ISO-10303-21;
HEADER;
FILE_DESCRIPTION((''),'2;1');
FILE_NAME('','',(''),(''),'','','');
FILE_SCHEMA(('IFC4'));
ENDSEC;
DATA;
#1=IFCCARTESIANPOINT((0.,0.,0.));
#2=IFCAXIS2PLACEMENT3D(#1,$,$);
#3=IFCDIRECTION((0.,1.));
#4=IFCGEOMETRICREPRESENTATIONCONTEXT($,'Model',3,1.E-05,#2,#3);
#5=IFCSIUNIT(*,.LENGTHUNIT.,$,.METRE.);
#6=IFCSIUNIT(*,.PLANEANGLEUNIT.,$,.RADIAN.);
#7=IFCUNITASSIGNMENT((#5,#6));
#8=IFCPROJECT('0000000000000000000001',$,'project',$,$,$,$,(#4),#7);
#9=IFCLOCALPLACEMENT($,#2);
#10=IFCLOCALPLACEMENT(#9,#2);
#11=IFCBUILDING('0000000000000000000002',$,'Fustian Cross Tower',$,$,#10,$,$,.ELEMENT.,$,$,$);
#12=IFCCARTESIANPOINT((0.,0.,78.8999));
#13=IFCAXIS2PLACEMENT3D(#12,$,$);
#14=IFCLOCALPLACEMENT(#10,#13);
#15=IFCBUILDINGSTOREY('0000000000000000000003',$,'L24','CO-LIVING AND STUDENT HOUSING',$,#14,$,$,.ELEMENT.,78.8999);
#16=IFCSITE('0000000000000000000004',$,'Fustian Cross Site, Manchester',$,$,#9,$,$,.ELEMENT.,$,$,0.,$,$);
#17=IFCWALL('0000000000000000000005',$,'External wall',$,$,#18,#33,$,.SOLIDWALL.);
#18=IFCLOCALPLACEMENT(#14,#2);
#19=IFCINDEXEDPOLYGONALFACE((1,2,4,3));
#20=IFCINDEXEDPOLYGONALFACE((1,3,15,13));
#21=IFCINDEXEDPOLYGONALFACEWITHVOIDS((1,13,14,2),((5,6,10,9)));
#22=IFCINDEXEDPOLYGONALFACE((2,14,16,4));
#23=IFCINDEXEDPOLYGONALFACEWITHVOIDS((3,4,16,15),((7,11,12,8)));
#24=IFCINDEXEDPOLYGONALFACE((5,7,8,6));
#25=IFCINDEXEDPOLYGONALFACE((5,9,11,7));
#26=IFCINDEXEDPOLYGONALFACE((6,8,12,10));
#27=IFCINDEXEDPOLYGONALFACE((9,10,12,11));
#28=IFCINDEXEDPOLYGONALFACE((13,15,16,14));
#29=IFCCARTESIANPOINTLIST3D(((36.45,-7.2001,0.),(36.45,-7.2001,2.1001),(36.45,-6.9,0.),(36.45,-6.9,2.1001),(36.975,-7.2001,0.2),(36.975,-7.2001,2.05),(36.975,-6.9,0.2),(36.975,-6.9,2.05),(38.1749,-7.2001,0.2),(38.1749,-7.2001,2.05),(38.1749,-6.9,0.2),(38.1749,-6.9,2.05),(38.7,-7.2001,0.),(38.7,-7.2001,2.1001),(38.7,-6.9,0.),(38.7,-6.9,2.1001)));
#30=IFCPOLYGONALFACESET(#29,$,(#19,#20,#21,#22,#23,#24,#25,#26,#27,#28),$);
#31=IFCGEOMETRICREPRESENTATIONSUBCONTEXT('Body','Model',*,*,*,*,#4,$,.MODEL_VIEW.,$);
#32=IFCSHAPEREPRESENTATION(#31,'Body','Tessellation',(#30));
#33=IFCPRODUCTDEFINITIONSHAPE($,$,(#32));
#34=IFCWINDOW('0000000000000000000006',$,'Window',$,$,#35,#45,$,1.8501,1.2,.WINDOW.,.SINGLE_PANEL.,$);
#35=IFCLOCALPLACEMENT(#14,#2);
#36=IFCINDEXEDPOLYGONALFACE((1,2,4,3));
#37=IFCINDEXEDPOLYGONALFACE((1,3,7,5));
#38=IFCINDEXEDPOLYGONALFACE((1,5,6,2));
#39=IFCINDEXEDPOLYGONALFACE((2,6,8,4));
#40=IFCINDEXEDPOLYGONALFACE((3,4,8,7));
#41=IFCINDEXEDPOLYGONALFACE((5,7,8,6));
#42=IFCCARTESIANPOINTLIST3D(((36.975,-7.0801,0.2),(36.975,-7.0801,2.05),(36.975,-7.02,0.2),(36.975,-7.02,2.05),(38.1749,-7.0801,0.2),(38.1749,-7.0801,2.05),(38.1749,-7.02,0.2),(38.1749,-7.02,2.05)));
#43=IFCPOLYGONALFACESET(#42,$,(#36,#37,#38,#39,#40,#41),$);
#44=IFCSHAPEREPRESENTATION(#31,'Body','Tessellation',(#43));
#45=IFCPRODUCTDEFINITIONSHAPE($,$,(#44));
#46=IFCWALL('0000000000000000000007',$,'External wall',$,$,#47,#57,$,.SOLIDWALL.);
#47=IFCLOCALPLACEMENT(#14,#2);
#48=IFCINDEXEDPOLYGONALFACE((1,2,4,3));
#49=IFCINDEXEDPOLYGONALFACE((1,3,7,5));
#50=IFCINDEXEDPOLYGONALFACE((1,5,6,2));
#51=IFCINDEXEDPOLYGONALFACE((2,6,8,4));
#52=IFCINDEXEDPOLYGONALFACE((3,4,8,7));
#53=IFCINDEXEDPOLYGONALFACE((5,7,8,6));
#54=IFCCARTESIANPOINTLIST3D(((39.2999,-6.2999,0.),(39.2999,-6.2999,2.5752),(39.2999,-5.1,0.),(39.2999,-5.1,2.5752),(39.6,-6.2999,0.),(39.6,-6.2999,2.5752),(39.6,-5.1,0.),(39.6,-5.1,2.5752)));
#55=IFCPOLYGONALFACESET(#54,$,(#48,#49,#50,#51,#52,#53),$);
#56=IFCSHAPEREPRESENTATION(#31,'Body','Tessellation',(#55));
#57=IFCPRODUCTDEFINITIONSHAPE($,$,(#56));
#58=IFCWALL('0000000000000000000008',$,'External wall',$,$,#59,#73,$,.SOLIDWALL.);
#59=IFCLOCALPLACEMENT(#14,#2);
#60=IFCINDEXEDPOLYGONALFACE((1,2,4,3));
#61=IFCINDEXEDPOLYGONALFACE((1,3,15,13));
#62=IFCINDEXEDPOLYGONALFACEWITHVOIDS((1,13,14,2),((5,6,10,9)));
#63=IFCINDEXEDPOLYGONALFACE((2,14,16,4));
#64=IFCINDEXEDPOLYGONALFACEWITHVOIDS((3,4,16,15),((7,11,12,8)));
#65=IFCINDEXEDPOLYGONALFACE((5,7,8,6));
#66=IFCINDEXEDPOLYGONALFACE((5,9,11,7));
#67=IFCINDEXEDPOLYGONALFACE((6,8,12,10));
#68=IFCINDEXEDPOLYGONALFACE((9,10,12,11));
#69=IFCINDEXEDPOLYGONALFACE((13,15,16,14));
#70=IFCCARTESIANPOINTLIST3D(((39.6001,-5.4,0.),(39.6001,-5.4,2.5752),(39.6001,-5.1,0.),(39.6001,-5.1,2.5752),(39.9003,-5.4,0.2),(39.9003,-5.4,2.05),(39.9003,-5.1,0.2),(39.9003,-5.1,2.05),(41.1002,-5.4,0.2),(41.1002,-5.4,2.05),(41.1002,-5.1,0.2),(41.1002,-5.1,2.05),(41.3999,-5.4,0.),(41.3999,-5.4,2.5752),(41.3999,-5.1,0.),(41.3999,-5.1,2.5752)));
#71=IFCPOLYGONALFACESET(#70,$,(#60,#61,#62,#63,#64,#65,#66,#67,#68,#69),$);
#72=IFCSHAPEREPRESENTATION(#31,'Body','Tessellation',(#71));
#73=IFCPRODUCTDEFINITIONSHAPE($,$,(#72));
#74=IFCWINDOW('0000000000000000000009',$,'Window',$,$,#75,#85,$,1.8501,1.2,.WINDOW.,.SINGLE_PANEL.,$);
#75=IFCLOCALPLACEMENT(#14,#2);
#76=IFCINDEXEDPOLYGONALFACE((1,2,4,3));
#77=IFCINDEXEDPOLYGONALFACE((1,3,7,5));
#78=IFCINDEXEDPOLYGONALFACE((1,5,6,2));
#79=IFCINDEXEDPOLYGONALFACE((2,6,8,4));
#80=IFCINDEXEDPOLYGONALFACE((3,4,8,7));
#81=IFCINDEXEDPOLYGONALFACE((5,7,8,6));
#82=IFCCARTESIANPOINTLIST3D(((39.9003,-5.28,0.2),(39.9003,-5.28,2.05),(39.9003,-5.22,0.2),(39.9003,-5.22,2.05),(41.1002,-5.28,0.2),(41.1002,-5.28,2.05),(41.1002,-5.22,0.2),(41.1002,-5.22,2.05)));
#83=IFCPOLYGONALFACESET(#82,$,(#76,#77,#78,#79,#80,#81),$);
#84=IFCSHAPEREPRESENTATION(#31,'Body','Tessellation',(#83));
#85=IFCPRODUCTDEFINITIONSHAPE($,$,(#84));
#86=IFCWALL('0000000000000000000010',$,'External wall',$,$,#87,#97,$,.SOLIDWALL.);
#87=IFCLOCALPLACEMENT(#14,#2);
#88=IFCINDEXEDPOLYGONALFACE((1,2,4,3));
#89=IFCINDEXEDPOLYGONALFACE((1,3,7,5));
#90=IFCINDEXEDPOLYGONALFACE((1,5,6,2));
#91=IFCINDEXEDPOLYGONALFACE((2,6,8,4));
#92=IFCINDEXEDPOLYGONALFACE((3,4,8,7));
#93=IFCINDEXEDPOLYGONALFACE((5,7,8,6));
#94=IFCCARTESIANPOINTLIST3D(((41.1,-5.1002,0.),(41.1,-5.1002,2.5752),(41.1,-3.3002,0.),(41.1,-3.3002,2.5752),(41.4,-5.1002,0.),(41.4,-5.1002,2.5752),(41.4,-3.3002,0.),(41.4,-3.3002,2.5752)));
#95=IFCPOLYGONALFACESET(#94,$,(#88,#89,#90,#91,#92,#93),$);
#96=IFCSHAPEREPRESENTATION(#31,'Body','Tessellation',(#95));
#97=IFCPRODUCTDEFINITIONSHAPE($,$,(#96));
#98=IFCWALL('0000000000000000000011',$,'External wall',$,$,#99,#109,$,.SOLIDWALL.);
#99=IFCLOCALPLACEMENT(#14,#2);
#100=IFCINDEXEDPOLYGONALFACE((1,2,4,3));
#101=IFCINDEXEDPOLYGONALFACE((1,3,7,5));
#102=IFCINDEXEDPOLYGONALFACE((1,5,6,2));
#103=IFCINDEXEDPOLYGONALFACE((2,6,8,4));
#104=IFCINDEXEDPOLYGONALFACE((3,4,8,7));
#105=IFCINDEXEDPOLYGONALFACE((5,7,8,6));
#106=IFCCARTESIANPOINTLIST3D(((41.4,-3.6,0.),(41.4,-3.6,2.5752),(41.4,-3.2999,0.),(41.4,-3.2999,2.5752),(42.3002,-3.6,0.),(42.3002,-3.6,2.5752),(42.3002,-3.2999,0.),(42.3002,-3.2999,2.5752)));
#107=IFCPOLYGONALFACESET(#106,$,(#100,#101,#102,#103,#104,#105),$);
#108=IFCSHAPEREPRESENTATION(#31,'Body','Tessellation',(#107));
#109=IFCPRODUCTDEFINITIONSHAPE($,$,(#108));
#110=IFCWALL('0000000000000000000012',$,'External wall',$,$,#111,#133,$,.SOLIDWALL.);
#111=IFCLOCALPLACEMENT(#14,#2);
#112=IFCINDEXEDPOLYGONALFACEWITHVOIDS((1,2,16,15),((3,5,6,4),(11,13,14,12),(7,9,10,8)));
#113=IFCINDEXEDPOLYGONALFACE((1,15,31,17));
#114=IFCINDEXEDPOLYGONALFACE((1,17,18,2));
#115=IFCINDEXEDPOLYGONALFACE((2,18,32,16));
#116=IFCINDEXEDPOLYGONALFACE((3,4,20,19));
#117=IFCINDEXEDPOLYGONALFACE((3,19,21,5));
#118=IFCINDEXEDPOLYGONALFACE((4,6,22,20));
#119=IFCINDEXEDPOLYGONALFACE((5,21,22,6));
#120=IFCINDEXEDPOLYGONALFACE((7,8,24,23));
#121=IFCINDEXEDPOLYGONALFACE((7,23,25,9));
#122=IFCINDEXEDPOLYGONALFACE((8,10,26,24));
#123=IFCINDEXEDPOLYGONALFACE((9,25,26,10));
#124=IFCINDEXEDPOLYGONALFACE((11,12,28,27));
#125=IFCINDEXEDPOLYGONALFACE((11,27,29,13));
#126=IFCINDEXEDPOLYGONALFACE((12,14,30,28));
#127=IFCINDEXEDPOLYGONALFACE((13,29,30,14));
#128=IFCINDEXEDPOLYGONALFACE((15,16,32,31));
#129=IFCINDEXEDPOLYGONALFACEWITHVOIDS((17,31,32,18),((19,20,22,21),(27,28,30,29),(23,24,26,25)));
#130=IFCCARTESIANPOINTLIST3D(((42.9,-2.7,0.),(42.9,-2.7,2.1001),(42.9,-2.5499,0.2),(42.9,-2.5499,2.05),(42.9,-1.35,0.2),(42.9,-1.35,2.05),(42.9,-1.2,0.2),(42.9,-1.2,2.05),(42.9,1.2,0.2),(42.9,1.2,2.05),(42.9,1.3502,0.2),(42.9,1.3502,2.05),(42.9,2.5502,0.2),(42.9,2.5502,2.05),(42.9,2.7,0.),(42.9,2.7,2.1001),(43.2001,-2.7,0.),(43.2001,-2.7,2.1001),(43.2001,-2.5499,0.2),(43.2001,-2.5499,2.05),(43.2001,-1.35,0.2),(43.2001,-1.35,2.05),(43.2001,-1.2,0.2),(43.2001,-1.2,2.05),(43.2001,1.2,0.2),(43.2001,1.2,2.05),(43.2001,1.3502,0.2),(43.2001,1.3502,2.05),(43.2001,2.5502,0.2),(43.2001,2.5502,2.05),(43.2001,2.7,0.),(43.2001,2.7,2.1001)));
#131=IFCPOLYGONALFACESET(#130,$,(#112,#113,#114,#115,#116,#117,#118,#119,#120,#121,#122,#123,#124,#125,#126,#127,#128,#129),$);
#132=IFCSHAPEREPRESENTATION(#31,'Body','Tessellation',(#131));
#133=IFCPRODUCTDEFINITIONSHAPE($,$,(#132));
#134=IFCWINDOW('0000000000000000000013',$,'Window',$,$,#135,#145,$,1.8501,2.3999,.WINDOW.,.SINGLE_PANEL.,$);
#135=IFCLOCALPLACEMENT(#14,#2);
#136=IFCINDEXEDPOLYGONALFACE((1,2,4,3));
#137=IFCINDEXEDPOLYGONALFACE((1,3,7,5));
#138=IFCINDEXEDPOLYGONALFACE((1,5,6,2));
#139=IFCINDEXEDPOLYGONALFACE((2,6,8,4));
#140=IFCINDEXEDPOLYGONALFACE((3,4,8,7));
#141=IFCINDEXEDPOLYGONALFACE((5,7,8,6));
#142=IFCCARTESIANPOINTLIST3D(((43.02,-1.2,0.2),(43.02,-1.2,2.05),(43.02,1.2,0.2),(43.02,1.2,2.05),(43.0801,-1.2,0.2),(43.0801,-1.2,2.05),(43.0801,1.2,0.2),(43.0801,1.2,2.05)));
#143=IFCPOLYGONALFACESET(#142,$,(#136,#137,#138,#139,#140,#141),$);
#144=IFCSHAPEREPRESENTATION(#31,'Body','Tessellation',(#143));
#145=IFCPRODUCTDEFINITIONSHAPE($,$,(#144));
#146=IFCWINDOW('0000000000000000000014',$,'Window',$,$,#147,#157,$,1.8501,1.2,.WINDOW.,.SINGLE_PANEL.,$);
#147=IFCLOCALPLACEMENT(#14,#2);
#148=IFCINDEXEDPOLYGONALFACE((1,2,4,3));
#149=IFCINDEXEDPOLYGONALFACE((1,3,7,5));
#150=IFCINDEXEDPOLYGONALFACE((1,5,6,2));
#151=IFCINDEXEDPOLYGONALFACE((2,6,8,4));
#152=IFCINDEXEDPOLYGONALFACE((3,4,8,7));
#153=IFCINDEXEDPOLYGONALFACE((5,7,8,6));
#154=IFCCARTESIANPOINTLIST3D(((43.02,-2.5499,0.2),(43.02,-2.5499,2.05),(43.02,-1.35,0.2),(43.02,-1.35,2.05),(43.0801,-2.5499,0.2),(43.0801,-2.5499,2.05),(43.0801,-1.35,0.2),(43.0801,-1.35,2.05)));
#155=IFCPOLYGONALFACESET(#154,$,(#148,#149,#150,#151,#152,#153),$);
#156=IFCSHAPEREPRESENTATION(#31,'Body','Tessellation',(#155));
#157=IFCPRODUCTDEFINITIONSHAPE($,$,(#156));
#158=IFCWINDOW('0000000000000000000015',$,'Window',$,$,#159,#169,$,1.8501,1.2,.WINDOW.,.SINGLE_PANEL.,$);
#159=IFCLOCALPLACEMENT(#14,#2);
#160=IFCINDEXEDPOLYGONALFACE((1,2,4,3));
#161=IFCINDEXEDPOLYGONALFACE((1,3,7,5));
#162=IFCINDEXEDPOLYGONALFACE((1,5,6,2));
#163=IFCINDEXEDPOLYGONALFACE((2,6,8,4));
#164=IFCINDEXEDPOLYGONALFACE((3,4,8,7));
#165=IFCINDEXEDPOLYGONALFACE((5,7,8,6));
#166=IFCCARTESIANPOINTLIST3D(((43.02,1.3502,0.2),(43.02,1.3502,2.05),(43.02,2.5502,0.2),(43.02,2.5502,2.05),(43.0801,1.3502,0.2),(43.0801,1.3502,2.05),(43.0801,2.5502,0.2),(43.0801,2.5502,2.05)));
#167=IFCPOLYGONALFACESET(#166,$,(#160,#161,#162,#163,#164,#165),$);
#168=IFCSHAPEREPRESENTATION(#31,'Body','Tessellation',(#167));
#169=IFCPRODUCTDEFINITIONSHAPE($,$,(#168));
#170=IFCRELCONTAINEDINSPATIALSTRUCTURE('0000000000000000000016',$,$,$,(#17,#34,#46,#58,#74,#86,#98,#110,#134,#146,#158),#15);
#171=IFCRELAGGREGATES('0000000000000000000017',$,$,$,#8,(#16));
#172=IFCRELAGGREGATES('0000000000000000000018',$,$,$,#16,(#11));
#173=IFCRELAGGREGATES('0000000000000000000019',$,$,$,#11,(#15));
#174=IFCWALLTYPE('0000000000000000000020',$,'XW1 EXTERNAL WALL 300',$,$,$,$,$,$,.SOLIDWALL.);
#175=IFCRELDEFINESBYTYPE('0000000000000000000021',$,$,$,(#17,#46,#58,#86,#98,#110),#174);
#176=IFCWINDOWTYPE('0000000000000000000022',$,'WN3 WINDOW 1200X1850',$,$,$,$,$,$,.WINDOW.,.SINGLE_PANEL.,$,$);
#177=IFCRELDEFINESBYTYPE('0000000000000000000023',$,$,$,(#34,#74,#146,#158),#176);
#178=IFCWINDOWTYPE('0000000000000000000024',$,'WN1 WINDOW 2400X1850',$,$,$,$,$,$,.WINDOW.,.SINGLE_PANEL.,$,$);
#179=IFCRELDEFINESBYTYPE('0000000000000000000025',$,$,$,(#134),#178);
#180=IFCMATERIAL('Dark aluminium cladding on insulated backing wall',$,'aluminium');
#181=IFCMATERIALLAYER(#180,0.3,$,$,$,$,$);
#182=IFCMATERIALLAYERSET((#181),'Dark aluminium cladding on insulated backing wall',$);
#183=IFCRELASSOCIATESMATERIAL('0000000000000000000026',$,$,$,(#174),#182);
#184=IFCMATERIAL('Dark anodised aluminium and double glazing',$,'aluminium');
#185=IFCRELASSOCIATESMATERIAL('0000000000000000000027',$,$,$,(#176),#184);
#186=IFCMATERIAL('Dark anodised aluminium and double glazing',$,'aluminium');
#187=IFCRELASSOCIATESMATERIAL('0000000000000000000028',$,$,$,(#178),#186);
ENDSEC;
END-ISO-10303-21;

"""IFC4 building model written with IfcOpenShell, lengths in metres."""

from ifc_helpers import new_model, si_unit, direction, frame, frame_2d, origin, place, context, subcontext, project, spatial, rectangle, extrude, material, layer, layer_set, type_object, element, fill, save


model = new_model("IFC4")

# Units and contexts
model_context = context("Model", 3, precision=1e-05, world=origin(), true_north=direction((0.0, 1.0)))
body_context = subcontext(model_context, "Body", "Model", "MODEL_VIEW")
ifc_project = project(units=[si_unit("LENGTHUNIT", "METRE"), si_unit("PLANEANGLEUNIT", "RADIAN")], contexts=[model_context])

# Site, building, storey
site_placement = place(None, origin())
site = spatial("IfcSite", under=ifc_project, at=site_placement, Name="Fustian Cross Site, Manchester", CompositionType="ELEMENT", RefElevation=0.0)
building_placement = place(site_placement, origin())
building = spatial("IfcBuilding", under=site, at=building_placement, Name="Fustian Cross Tower", CompositionType="ELEMENT")
storey_placement = place(building_placement, frame((0.0, 0.0, 78.8999)))
storey = spatial("IfcBuildingStorey", under=building, at=storey_placement, Name="L24", Description="CO-LIVING AND STUDENT HOUSING", CompositionType="ELEMENT", Elevation=78.8999)

# Wall, opening, window
ifc_material_1 = material(Name="Dark aluminium cladding on insulated backing wall", Category="aluminium")
ifc_layer = layer(ifc_material_1, 0.3)
ifc_layer_set = layer_set([ifc_layer], Name="Dark aluminium cladding on insulated backing wall")
wall_type = type_object("IfcWallType", Name="XW1 EXTERNAL WALL 300", PredefinedType="SOLIDWALL", material=ifc_layer_set)
wall_1_placement = place(storey_placement, frame((36.45, -7.05, 0.0), z_axis=(0.0, 0.0, 1.0), x_axis=(1.0, 0.0, 0.0)))
wall_1 = element("IfcWall", 1, at=wall_1_placement, inside=storey, type_object=wall_type, Name="External wall", PredefinedType="SOLIDWALL", context=body_context, shape_type="SweptSolid", body=[
    extrude(rectangle(XDim=2.25, YDim=0.3, at=frame_2d((1.125, 0.0))), origin(), (0.0, 0.0, 1.0), 2.1001),
])
opening_1_placement = place(wall_1_placement, frame((0.5249, 0.0, 0.2)))
opening_1 = element("IfcOpeningElement", 2, at=opening_1_placement, cuts=wall_1, PredefinedType="OPENING", context=body_context, shape_type="SweptSolid", body=[
    extrude(rectangle(XDim=1.2, YDim=1.8501, at=frame_2d((0.6001, 0.925))), frame((0.0, 0.1599, 0.0), z_axis=(0.0, -1.0, 0.0), x_axis=(1.0, 0.0, 0.0)), (0.0, 0.0, 1.0), 0.3201),
])
ifc_material_2 = material(Name="Dark anodised aluminium and double glazing", Category="aluminium")
window_type_1 = type_object("IfcWindowType", Name="WN3 WINDOW 1200X1850", PartitioningType="SINGLE_PANEL", PredefinedType="WINDOW", material=ifc_material_2)
window_1_placement = place(opening_1_placement, origin())
window_1 = element("IfcWindow", 3, at=window_1_placement, inside=storey, type_object=window_type_1, Name="Window", OverallHeight=1.8501, OverallWidth=1.2, PartitioningType="SINGLE_PANEL", PredefinedType="WINDOW", context=body_context, shape_type="SweptSolid", body=[
    extrude(rectangle(XDim=1.2, YDim=1.8501, at=frame_2d((0.6001, 0.925))), frame((0.0, 0.03, 0.0), z_axis=(0.0, -1.0, 0.0), x_axis=(1.0, 0.0, 0.0)), (0.0, 0.0, 1.0), 0.0601),
])
fill(opening_1, window_1)

# Wall
wall_2_placement = place(storey_placement, frame((39.45, -6.3, 0.0), z_axis=(0.0, 0.0, 1.0), x_axis=(0.0, 1.0, 0.0)))
element("IfcWall", 4, at=wall_2_placement, inside=storey, type_object=wall_type, Name="External wall", PredefinedType="SOLIDWALL", context=body_context, shape_type="SweptSolid", body=[
    extrude(rectangle(XDim=1.2, YDim=0.3, at=frame_2d((0.6001, 0.0))), origin(), (0.0, 0.0, 1.0), 2.5752),
])

# Wall, opening, window
wall_3_placement = place(storey_placement, frame((39.6001, -5.25, 0.0), z_axis=(0.0, 0.0, 1.0), x_axis=(1.0, 0.0, 0.0)))
wall_3 = element("IfcWall", 5, at=wall_3_placement, inside=storey, type_object=wall_type, Name="External wall", PredefinedType="SOLIDWALL", context=body_context, shape_type="SweptSolid", body=[
    extrude(rectangle(XDim=1.7998, YDim=0.3, at=frame_2d((0.8999, 0.0))), origin(), (0.0, 0.0, 1.0), 2.5752),
])
opening_2_placement = place(wall_3_placement, frame((0.3, 0.0, 0.2)))
opening_2 = element("IfcOpeningElement", 6, at=opening_2_placement, cuts=wall_3, PredefinedType="OPENING", context=body_context, shape_type="SweptSolid", body=[
    extrude(rectangle(XDim=1.2, YDim=1.8501, at=frame_2d((0.6001, 0.925))), frame((0.0, 0.1599, 0.0), z_axis=(0.0, -1.0, 0.0), x_axis=(1.0, 0.0, 0.0)), (0.0, 0.0, 1.0), 0.3201),
])
window_2_placement = place(opening_2_placement, origin())
window_2 = element("IfcWindow", 7, at=window_2_placement, inside=storey, type_object=window_type_1, Name="Window", OverallHeight=1.8501, OverallWidth=1.2, PartitioningType="SINGLE_PANEL", PredefinedType="WINDOW", context=body_context, shape_type="SweptSolid", body=[
    extrude(rectangle(XDim=1.2, YDim=1.8501, at=frame_2d((0.6001, 0.925))), frame((0.0, 0.03, 0.0), z_axis=(0.0, -1.0, 0.0), x_axis=(1.0, 0.0, 0.0)), (0.0, 0.0, 1.0), 0.0601),
])
fill(opening_2, window_2)

# Walls
wall_4_placement = place(storey_placement, frame((41.25, -5.1001, 0.0), z_axis=(0.0, 0.0, 1.0), x_axis=(0.0, 1.0, 0.0)))
element("IfcWall", 8, at=wall_4_placement, inside=storey, type_object=wall_type, Name="External wall", PredefinedType="SOLIDWALL", context=body_context, shape_type="SweptSolid", body=[
    extrude(rectangle(XDim=1.8, YDim=0.3, at=frame_2d((0.8999, 0.0))), origin(), (0.0, 0.0, 1.0), 2.5752),
])
wall_5_placement = place(storey_placement, frame((41.3999, -3.45, 0.0), z_axis=(0.0, 0.0, 1.0), x_axis=(1.0, 0.0, 0.0)))
element("IfcWall", 9, at=wall_5_placement, inside=storey, type_object=wall_type, Name="External wall", PredefinedType="SOLIDWALL", context=body_context, shape_type="SweptSolid", body=[
    extrude(rectangle(XDim=0.9001, YDim=0.3, at=frame_2d((0.4502, 0.0))), origin(), (0.0, 0.0, 1.0), 2.5752),
])

# Wall, openings, windows
wall_6_placement = place(storey_placement, frame((43.05, -2.7, 0.0), z_axis=(0.0, 0.0, 1.0), x_axis=(0.0, 1.0, 0.0)))
wall_6 = element("IfcWall", 10, at=wall_6_placement, inside=storey, type_object=wall_type, Name="External wall", PredefinedType="SOLIDWALL", context=body_context, shape_type="SweptSolid", body=[
    extrude(rectangle(XDim=5.3999, YDim=0.3, at=frame_2d((2.7, 0.0))), origin(), (0.0, 0.0, 1.0), 2.1001),
])
opening_3_placement = place(wall_6_placement, frame((1.5, 0.0, 0.2)))
opening_3 = element("IfcOpeningElement", 11, at=opening_3_placement, cuts=wall_6, PredefinedType="OPENING", context=body_context, shape_type="SweptSolid", body=[
    extrude(rectangle(XDim=2.3999, YDim=1.8501, at=frame_2d((1.2, 0.925))), frame((0.0, 0.1599, 0.0), z_axis=(0.0, -1.0, 0.0), x_axis=(1.0, 0.0, 0.0)), (0.0, 0.0, 1.0), 0.3201),
])
opening_4_placement = place(wall_6_placement, frame((0.1499, 0.0, 0.2)))
opening_4 = element("IfcOpeningElement", 12, at=opening_4_placement, cuts=wall_6, PredefinedType="OPENING", context=body_context, shape_type="SweptSolid", body=[
    extrude(rectangle(XDim=1.2, YDim=1.8501, at=frame_2d((0.6001, 0.925))), frame((0.0, 0.1599, 0.0), z_axis=(0.0, -1.0, 0.0), x_axis=(1.0, 0.0, 0.0)), (0.0, 0.0, 1.0), 0.3201),
])
opening_5_placement = place(wall_6_placement, frame((4.05, 0.0, 0.2)))
opening_5 = element("IfcOpeningElement", 13, at=opening_5_placement, cuts=wall_6, PredefinedType="OPENING", context=body_context, shape_type="SweptSolid", body=[
    extrude(rectangle(XDim=1.2, YDim=1.8501, at=frame_2d((0.6001, 0.925))), frame((0.0, 0.1599, 0.0), z_axis=(0.0, -1.0, 0.0), x_axis=(1.0, 0.0, 0.0)), (0.0, 0.0, 1.0), 0.3201),
])
ifc_material_3 = material(Name="Dark anodised aluminium and double glazing", Category="aluminium")
window_type_2 = type_object("IfcWindowType", Name="WN1 WINDOW 2400X1850", PartitioningType="SINGLE_PANEL", PredefinedType="WINDOW", material=ifc_material_3)
window_3_placement = place(opening_3_placement, origin())
window_3 = element("IfcWindow", 14, at=window_3_placement, inside=storey, type_object=window_type_2, Name="Window", OverallHeight=1.8501, OverallWidth=2.3999, PartitioningType="SINGLE_PANEL", PredefinedType="WINDOW", context=body_context, shape_type="SweptSolid", body=[
    extrude(rectangle(XDim=2.3999, YDim=1.8501, at=frame_2d((1.2, 0.925))), frame((0.0, 0.03, 0.0), z_axis=(0.0, -1.0, 0.0), x_axis=(1.0, 0.0, 0.0)), (0.0, 0.0, 1.0), 0.0601),
])
fill(opening_3, window_3)
window_4_placement = place(opening_4_placement, origin())
window_4 = element("IfcWindow", 15, at=window_4_placement, inside=storey, type_object=window_type_1, Name="Window", OverallHeight=1.8501, OverallWidth=1.2, PartitioningType="SINGLE_PANEL", PredefinedType="WINDOW", context=body_context, shape_type="SweptSolid", body=[
    extrude(rectangle(XDim=1.2, YDim=1.8501, at=frame_2d((0.6001, 0.925))), frame((0.0, 0.03, 0.0), z_axis=(0.0, -1.0, 0.0), x_axis=(1.0, 0.0, 0.0)), (0.0, 0.0, 1.0), 0.0601),
])
fill(opening_4, window_4)
window_5_placement = place(opening_5_placement, origin())
window_5 = element("IfcWindow", 16, at=window_5_placement, inside=storey, type_object=window_type_1, Name="Window", OverallHeight=1.8501, OverallWidth=1.2, PartitioningType="SINGLE_PANEL", PredefinedType="WINDOW", context=body_context, shape_type="SweptSolid", body=[
    extrude(rectangle(XDim=1.2, YDim=1.8501, at=frame_2d((0.6001, 0.925))), frame((0.0, 0.03, 0.0), z_axis=(0.0, -1.0, 0.0), x_axis=(1.0, 0.0, 0.0)), (0.0, 0.0, 1.0), 0.0601),
])
fill(opening_5, window_5)

save(model, "model.ifc")
